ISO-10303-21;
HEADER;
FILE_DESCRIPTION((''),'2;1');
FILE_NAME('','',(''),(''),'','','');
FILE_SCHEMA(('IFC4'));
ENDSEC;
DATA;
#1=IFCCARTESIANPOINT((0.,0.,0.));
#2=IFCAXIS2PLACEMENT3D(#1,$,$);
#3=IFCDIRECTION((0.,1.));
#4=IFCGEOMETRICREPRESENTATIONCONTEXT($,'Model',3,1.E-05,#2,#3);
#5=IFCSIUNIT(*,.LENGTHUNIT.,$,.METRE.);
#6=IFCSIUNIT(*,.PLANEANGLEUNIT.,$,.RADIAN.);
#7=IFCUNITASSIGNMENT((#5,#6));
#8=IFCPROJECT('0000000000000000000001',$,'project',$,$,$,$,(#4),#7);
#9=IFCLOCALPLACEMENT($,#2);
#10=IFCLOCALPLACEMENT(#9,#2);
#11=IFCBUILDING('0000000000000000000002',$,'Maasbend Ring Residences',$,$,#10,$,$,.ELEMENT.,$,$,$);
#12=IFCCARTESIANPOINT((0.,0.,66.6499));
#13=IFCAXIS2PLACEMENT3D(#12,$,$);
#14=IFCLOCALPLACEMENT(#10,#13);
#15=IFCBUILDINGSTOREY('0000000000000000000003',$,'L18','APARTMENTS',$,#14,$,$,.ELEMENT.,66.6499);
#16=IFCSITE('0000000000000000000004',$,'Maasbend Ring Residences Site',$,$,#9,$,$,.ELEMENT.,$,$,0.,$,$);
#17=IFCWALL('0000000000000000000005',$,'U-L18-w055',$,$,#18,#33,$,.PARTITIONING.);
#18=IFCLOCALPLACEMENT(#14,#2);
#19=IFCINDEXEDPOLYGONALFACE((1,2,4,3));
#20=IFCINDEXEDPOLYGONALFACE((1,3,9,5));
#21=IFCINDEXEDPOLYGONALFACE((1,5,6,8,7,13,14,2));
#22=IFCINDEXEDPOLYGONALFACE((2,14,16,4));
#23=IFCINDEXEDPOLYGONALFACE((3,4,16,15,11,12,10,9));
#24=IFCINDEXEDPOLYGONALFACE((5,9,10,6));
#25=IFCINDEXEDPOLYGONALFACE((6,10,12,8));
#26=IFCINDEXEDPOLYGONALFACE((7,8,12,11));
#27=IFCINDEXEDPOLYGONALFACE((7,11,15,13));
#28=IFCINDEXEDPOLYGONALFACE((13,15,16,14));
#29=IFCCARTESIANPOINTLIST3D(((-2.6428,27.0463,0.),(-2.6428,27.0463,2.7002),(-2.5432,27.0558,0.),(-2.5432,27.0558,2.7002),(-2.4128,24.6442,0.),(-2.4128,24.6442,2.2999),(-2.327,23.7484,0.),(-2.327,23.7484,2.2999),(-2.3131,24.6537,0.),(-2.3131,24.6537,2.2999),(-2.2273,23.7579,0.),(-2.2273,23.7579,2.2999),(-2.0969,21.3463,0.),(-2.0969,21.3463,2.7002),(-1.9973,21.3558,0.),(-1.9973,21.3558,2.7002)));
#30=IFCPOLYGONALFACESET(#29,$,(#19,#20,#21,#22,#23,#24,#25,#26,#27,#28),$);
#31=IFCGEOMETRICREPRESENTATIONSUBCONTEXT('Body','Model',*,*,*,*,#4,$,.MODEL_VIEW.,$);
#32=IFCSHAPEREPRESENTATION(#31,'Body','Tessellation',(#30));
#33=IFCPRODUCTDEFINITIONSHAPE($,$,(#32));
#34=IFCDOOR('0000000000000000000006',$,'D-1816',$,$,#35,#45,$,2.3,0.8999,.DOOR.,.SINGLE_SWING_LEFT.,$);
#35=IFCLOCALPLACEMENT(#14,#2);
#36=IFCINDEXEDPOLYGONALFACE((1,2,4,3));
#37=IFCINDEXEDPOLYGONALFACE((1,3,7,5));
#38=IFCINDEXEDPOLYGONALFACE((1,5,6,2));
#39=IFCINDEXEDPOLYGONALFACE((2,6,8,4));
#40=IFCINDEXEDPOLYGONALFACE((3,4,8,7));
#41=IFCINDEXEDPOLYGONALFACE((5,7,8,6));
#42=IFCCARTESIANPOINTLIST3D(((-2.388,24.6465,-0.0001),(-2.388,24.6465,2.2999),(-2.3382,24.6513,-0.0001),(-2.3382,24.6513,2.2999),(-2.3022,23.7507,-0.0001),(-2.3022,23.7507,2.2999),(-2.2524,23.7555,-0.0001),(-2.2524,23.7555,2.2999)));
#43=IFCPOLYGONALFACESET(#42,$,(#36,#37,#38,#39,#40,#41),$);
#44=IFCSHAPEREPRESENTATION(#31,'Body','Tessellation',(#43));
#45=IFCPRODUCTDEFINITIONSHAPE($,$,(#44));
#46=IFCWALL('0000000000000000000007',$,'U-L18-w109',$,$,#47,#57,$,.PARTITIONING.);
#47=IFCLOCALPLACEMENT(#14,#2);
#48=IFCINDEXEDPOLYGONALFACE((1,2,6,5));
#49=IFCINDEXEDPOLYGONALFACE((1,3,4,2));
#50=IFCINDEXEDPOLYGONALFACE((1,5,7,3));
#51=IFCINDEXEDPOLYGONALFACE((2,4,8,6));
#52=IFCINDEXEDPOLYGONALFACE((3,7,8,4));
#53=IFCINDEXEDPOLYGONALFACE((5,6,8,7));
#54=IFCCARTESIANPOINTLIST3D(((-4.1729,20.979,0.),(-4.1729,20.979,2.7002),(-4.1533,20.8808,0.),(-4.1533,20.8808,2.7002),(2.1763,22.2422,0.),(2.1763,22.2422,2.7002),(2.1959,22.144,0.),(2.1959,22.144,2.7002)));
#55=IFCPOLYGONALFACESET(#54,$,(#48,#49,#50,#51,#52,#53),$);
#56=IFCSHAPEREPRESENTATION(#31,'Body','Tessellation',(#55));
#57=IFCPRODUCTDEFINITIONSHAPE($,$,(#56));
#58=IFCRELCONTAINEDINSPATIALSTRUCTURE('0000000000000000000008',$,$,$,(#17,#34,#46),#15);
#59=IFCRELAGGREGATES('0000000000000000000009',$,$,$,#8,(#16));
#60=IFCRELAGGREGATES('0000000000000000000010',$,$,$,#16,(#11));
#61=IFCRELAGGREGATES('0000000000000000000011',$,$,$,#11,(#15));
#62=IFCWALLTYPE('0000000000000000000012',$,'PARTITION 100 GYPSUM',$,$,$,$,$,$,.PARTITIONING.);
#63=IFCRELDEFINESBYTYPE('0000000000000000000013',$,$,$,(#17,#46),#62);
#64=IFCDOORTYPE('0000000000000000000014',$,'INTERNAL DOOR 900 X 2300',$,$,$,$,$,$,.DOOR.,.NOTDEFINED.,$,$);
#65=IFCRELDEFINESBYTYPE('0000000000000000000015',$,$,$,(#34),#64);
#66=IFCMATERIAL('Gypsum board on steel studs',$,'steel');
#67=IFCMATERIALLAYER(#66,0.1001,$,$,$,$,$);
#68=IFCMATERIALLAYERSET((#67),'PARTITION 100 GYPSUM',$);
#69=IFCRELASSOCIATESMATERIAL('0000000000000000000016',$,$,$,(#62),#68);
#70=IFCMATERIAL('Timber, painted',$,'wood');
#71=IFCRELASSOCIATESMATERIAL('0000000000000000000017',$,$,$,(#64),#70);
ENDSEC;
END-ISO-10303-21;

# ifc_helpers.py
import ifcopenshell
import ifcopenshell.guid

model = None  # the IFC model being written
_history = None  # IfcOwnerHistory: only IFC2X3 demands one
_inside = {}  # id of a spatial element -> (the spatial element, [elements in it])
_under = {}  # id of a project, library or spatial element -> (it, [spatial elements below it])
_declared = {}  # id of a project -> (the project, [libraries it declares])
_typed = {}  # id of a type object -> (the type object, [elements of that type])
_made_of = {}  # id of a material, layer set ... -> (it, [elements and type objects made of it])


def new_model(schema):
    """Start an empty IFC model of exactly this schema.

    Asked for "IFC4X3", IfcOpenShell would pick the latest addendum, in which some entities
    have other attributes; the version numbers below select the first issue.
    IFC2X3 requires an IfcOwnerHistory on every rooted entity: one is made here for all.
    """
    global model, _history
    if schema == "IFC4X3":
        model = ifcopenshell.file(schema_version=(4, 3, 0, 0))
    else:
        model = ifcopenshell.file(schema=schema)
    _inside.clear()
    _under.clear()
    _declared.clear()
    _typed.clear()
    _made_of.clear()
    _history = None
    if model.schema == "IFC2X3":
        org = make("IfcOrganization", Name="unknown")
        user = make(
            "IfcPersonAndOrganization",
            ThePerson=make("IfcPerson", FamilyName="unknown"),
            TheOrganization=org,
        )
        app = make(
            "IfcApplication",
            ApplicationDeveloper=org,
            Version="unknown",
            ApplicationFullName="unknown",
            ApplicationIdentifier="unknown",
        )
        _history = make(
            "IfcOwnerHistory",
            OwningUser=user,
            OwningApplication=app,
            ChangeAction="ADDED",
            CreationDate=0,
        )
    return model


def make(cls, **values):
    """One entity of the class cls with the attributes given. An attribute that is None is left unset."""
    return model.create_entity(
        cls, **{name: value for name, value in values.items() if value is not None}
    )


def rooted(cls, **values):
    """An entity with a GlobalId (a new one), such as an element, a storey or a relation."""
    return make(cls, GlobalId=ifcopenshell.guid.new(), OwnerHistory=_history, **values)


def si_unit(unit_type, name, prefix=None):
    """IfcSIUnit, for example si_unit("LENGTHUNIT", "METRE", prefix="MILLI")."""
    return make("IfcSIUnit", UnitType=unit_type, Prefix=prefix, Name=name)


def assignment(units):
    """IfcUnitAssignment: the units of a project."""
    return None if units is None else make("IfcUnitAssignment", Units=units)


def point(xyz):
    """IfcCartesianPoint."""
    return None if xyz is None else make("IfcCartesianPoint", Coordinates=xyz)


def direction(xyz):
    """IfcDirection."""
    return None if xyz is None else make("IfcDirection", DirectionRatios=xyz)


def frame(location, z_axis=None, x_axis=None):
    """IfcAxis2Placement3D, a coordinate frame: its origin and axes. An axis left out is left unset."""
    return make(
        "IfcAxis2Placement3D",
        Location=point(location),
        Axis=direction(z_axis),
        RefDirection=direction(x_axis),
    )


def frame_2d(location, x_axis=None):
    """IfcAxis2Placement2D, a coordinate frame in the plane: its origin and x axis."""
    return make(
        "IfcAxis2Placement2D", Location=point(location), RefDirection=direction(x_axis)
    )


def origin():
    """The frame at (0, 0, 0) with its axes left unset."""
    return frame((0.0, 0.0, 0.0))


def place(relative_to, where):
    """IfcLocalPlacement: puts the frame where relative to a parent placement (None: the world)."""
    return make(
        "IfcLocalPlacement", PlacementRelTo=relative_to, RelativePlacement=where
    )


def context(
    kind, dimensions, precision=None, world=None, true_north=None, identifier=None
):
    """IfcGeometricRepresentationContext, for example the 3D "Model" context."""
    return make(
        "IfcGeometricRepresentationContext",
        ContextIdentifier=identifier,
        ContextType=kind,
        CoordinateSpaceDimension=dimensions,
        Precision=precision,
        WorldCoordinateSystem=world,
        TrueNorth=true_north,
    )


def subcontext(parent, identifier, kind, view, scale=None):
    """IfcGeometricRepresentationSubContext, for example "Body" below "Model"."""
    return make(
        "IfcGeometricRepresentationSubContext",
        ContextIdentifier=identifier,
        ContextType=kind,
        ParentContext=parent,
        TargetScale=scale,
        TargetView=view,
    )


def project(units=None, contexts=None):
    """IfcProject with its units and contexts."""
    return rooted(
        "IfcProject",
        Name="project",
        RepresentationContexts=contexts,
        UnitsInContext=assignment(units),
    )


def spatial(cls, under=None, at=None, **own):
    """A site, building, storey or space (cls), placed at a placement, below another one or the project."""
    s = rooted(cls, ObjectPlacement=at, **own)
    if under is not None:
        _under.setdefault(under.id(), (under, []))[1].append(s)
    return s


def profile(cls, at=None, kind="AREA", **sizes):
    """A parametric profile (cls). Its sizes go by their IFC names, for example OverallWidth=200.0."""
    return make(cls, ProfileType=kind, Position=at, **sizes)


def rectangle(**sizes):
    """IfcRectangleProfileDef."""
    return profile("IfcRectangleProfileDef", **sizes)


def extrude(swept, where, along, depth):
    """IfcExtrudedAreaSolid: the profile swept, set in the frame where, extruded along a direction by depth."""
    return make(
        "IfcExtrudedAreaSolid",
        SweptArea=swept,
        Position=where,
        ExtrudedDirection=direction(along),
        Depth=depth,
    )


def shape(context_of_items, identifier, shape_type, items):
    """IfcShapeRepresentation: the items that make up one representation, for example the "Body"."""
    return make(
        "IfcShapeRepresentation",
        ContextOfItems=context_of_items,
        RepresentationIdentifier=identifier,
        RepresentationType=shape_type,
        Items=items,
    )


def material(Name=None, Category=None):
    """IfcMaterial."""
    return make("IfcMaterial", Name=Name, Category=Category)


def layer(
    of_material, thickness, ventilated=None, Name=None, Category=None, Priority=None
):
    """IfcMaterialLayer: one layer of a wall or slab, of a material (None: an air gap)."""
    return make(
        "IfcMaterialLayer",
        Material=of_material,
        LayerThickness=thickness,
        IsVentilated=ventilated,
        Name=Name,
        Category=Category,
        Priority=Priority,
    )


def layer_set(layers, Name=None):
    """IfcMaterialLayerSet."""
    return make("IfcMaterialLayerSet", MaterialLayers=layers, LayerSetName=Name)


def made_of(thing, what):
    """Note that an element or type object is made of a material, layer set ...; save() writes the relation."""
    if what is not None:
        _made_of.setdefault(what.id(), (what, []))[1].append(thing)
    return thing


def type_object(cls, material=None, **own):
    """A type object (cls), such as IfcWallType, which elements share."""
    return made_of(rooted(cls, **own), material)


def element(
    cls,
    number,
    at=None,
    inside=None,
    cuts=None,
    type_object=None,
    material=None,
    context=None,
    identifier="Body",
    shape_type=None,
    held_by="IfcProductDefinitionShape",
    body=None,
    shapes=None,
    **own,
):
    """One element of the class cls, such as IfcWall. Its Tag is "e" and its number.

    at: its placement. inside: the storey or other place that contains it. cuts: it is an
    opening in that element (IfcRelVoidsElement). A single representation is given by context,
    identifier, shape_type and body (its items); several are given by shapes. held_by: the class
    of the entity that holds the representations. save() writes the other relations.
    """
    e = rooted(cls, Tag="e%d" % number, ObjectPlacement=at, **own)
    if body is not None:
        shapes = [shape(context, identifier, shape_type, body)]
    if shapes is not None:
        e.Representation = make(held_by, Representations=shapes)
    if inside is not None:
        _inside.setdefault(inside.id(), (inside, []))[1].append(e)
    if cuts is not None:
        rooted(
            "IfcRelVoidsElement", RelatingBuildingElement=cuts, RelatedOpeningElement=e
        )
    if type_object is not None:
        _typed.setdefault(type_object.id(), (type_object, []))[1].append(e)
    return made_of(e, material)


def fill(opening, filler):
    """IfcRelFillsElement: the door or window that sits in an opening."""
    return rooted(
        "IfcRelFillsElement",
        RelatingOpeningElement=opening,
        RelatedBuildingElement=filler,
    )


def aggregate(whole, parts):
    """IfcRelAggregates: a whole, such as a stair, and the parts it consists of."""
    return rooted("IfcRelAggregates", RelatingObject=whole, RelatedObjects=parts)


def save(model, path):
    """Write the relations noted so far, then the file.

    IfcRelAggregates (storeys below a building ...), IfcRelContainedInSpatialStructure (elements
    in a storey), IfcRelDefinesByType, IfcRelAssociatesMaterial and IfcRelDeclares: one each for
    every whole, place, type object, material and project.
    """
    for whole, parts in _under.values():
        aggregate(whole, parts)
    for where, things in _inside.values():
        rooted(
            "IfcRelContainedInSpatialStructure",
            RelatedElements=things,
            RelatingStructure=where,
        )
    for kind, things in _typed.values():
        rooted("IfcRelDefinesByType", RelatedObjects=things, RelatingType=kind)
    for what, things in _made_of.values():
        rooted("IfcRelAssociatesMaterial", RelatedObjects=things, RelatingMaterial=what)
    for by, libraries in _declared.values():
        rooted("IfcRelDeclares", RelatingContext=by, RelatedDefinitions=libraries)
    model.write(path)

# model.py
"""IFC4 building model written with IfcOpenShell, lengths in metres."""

from ifc_helpers import new_model, si_unit, direction, frame, frame_2d, origin, place, context, subcontext, project, spatial, rectangle, extrude, material, layer, layer_set, type_object, element, fill, save


model = new_model("IFC4")

# Units and contexts
model_context = context("Model", 3, precision=1e-05, world=origin(), true_north=direction((0.0, 1.0)))
body_context = subcontext(model_context, "Body", "Model", "MODEL_VIEW")
ifc_project = project(units=[si_unit("LENGTHUNIT", "METRE"), si_unit("PLANEANGLEUNIT", "RADIAN")], contexts=[model_context])

# Site, building, storey
site_placement = place(None, origin())
site = spatial("IfcSite", under=ifc_project, at=site_placement, Name="Maasbend Ring Residences Site", CompositionType="ELEMENT", RefElevation=0.0)
building_placement = place(site_placement, origin())
building = spatial("IfcBuilding", under=site, at=building_placement, Name="Maasbend Ring Residences", CompositionType="ELEMENT")
storey_placement = place(building_placement, frame((0.0, 0.0, 66.6499)))
storey = spatial("IfcBuildingStorey", under=building, at=storey_placement, Name="L18", Description="APARTMENTS", CompositionType="ELEMENT", Elevation=66.6499)

# Shared definitions
ifc_material_1 = material(Name="Gypsum board on steel studs", Category="steel")
ifc_layer_1 = layer(ifc_material_1, 0.1001)
ifc_layer_set_1 = layer_set([ifc_layer_1], Name="PARTITION 100 GYPSUM")
wall_type_1 = type_object("IfcWallType", Name="PARTITION 100 GYPSUM", PredefinedType="PARTITIONING", material=ifc_layer_set_1)
ifc_material_2 = material(Name="Timber, painted", Category="wood")
door_type_1 = type_object("IfcDoorType", Name="INTERNAL DOOR 900 X 2300", OperationType="NOTDEFINED", PredefinedType="DOOR", material=ifc_material_2)

# Wall, opening, door
wall_1_placement = place(storey_placement, frame((-2.593, 27.051, 0.0), z_axis=(0.0, 0.0, 1.0), x_axis=(0.095336, -0.995445, 0.0)))
wall_1 = element("IfcWall", 1, at=wall_1_placement, inside=storey, type_object=wall_type_1, Name="U-L18-w055", PredefinedType="PARTITIONING", context=body_context, shape_type="SweptSolid", body=[
    extrude(rectangle(XDim=5.7261, YDim=0.1001, at=frame_2d((2.863, 0.0))), origin(), (0.0, 0.0, 1.0), 2.7002),
])
opening_1_placement = place(wall_1_placement, frame((2.4131, 0.0, 0.0)))
opening_1 = element("IfcOpeningElement", 2, at=opening_1_placement, cuts=wall_1, PredefinedType="OPENING", context=body_context, shape_type="SweptSolid", body=[
    extrude(rectangle(XDim=0.8999, YDim=2.3, at=frame_2d((0.45, 1.1499))), frame((0.0, 0.0601, 0.0), z_axis=(0.0, -1.0, 0.0), x_axis=(1.0, 0.0, 0.0)), (0.0, 0.0, 1.0), 0.1201),
])
door_1_placement = place(opening_1_placement, origin())
door_1 = element("IfcDoor", 3, at=door_1_placement, inside=storey, type_object=door_type_1, Name="D-1816", OperationType="SINGLE_SWING_LEFT", OverallHeight=2.3, OverallWidth=0.8999, PredefinedType="DOOR", context=body_context, shape_type="SweptSolid", body=[
    extrude(rectangle(XDim=0.8999, YDim=2.3, at=frame_2d((0.45, 1.1499))), frame((0.0, 0.0249, 0.0), z_axis=(0.0, -1.0, 0.0), x_axis=(1.0, 0.0, 0.0)), (0.0, 0.0, 1.0), 0.05),
])
fill(opening_1, door_1)

# Wall
wall_2_placement = place(storey_placement, frame((-4.1631, 20.9299, 0.0), z_axis=(0.0, 0.0, 1.0), x_axis=(0.980777, 0.19513, 0.0)))
element("IfcWall", 4, at=wall_2_placement, inside=storey, type_object=wall_type_1, Name="U-L18-w109", PredefinedType="PARTITIONING", context=body_context, shape_type="SweptSolid", body=[
    extrude(rectangle(XDim=6.4736, YDim=0.1001, at=frame_2d((3.2368, 0.0))), origin(), (0.0, 0.0, 1.0), 2.7002),
])

save(model, "model.ifc")
